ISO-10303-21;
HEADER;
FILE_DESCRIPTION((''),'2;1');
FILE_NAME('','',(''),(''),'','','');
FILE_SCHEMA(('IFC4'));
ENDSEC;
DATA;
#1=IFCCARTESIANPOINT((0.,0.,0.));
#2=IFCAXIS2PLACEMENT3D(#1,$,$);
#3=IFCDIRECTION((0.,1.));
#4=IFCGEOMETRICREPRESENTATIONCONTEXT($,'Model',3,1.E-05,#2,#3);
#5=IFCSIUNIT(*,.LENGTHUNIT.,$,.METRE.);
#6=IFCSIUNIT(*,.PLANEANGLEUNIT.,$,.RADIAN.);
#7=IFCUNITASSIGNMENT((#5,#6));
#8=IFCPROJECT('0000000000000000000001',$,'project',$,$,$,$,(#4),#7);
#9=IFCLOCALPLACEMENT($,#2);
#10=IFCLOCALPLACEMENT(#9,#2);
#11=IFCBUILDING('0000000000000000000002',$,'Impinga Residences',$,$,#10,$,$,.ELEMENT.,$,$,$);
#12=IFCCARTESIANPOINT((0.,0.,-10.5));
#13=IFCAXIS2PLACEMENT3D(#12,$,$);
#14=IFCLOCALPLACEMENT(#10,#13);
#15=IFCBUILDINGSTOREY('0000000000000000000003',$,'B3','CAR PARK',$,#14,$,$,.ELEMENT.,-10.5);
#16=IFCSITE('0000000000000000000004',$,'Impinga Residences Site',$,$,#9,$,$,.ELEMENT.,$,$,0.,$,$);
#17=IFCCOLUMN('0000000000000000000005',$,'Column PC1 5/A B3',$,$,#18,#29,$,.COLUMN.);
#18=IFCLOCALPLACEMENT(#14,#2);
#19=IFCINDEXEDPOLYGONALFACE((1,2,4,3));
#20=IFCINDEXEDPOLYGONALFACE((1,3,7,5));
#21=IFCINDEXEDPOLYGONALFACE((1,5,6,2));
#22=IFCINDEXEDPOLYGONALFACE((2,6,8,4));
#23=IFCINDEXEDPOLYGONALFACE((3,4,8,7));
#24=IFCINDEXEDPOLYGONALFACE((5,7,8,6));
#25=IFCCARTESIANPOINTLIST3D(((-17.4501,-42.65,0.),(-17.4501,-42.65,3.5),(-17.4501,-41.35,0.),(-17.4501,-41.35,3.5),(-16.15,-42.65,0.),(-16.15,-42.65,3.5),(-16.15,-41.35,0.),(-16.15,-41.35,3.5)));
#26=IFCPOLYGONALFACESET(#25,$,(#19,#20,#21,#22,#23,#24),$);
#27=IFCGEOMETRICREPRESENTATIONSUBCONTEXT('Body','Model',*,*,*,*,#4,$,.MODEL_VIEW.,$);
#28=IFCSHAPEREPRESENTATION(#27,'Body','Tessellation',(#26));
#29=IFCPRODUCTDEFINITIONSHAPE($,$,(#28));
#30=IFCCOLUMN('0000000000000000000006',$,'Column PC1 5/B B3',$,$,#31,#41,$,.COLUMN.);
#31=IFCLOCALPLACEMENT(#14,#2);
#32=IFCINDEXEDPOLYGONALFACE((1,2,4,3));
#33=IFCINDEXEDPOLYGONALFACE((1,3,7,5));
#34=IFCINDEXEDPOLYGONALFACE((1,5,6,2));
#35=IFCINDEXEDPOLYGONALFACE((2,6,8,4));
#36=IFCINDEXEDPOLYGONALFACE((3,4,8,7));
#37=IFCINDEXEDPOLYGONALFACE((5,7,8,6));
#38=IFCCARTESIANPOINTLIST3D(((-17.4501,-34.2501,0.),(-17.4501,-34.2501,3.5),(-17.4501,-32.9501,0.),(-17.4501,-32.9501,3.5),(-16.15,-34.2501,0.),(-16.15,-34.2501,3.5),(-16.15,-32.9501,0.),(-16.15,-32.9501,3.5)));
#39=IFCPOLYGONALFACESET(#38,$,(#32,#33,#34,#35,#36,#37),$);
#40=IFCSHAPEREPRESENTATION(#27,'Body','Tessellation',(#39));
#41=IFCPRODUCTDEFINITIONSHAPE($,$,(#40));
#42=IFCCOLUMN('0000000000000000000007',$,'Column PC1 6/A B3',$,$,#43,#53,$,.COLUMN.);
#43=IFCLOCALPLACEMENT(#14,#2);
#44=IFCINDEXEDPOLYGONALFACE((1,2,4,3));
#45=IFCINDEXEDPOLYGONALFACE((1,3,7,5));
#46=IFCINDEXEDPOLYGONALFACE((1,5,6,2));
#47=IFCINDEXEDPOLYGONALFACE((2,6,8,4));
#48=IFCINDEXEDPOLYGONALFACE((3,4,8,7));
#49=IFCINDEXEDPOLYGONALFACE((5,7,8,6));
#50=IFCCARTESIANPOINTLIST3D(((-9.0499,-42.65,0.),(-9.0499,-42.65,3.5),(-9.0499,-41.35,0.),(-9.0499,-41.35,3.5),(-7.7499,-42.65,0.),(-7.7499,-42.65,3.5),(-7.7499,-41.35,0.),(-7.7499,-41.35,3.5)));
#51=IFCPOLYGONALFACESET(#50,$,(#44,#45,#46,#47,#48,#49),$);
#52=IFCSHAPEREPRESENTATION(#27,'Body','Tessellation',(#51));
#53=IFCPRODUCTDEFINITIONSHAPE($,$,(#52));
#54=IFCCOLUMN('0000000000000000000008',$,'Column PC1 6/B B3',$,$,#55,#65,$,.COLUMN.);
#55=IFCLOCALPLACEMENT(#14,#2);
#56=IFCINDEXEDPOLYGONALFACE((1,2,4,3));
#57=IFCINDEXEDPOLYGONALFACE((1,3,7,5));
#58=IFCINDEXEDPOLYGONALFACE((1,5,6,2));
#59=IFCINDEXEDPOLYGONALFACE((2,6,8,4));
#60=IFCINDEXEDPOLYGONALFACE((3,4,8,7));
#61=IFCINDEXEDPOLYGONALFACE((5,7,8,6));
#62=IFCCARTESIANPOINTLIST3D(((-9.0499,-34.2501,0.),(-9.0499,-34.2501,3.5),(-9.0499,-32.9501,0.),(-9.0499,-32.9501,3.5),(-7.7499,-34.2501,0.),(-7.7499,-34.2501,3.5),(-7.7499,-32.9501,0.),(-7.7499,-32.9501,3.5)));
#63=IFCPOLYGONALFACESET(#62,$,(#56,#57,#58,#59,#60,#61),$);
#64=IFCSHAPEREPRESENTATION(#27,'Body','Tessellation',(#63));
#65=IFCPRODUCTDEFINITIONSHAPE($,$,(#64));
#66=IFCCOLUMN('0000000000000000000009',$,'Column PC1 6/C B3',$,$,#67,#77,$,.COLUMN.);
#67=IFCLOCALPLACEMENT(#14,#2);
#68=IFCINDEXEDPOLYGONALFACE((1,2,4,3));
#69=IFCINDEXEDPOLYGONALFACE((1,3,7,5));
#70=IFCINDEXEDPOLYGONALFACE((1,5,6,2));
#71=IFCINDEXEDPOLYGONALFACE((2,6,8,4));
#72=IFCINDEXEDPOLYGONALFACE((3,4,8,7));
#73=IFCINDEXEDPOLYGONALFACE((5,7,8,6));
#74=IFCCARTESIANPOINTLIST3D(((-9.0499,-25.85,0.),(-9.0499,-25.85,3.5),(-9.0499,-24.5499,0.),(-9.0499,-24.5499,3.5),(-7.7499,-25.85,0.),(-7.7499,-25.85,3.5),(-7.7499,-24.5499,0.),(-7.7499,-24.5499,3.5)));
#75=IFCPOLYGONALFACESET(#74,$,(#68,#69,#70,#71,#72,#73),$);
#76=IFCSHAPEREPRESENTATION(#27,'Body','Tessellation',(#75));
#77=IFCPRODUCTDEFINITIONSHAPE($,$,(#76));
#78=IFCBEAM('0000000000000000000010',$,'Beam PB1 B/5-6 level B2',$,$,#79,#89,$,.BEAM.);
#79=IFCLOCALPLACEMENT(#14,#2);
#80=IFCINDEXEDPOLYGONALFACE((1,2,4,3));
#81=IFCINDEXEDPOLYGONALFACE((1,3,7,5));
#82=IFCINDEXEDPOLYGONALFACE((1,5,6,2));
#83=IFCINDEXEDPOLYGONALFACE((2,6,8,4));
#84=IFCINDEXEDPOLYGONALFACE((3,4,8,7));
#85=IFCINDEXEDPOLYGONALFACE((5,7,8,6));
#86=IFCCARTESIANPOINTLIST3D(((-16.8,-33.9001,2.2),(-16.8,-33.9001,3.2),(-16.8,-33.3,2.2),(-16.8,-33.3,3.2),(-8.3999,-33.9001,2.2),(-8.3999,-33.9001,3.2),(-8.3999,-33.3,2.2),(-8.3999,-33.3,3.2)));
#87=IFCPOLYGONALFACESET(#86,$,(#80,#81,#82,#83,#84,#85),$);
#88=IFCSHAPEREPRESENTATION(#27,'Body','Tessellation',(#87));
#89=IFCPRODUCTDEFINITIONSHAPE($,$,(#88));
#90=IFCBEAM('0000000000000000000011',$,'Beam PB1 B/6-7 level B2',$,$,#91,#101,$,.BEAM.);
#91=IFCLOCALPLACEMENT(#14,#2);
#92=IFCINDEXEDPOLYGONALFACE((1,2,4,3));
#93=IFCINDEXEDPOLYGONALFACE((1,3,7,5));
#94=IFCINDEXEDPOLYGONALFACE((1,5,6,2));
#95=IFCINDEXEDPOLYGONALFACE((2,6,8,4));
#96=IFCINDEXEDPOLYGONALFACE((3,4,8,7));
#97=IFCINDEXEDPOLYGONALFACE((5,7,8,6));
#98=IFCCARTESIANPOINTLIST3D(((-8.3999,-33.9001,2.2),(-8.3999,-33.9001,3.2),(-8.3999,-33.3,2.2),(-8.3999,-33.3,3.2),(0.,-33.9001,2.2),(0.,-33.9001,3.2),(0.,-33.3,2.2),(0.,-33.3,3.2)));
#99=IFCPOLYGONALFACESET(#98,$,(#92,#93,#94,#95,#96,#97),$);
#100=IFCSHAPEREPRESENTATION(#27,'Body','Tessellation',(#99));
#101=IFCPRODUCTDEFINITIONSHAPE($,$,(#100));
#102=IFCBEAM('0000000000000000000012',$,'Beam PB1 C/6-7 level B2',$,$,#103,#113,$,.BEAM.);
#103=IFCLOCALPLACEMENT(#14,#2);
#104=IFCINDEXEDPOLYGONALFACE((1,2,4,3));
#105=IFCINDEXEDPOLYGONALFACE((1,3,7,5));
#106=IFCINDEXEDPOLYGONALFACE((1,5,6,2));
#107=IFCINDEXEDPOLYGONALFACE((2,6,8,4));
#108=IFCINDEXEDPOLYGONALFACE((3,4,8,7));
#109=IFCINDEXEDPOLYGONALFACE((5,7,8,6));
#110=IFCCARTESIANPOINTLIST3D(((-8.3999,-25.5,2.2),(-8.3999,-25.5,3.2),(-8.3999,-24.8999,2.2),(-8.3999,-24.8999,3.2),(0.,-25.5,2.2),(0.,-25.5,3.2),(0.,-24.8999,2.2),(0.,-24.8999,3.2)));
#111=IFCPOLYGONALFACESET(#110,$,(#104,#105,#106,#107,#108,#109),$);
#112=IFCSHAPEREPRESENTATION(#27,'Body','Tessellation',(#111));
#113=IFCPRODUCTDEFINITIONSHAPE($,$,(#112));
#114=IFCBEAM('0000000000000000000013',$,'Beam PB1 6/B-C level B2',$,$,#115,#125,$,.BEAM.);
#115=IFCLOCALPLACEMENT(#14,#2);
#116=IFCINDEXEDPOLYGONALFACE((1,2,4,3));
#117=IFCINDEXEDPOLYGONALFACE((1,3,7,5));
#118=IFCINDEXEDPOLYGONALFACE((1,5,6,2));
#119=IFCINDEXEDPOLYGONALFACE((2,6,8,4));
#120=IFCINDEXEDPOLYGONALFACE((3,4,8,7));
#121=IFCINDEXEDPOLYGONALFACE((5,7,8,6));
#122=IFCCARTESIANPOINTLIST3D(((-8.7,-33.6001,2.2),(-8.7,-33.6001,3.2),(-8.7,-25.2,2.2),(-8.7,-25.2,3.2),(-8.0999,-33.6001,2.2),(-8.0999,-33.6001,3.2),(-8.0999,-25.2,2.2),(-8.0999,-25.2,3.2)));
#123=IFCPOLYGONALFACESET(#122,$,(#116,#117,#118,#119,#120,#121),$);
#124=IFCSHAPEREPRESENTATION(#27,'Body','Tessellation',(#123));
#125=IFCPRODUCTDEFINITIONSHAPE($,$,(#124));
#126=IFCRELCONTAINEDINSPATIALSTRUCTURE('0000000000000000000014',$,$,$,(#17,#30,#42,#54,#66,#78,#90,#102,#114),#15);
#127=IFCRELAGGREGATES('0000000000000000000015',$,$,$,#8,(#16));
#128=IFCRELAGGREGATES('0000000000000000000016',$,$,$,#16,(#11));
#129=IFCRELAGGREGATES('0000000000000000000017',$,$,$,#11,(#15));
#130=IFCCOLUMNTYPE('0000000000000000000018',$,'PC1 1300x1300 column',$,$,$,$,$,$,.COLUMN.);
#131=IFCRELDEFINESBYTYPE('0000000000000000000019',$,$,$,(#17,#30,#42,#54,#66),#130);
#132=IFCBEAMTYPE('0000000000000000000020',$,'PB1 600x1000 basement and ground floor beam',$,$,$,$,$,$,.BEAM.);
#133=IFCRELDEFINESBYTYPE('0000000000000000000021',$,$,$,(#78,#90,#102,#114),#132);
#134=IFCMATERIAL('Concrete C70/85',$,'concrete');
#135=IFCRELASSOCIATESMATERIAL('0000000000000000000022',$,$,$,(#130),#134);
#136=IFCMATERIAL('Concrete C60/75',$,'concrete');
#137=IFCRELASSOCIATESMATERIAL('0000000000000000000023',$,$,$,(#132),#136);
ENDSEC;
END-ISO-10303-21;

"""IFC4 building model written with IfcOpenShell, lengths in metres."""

from ifc_helpers import new_model, si_unit, direction, frame, origin, origin_2d, place, context, subcontext, project, spatial, rectangle, extrude, material, material_profile, profile_set, type_object, element, save


model = new_model("IFC4")

# Units and contexts
model_context = context("Model", 3, precision=1e-05, world=origin(), true_north=direction((0.0, 1.0)))
body_context = subcontext(model_context, "Body", "Model", "MODEL_VIEW")
ifc_project = project(units=[si_unit("LENGTHUNIT", "METRE"), si_unit("PLANEANGLEUNIT", "RADIAN")], contexts=[model_context])

# Site, building, storey
site_placement = place(None, origin())
site = spatial("IfcSite", under=ifc_project, at=site_placement, Name="Impinga Residences Site", CompositionType="ELEMENT", RefElevation=0.0)
building_placement = place(site_placement, origin())
building = spatial("IfcBuilding", under=site, at=building_placement, Name="Impinga Residences", CompositionType="ELEMENT")
storey_placement = place(building_placement, frame((0.0, 0.0, -10.5)))
storey = spatial("IfcBuildingStorey", under=building, at=storey_placement, Name="B3", Description="CAR PARK", CompositionType="ELEMENT", Elevation=-10.5)

# Columns
ifc_material_1 = material(Name="Concrete C70/85", Category="concrete")
ifc_material_profile_1 = material_profile(ifc_material_1, rectangle(XDim=1.3, YDim=1.3, at=origin_2d()), Name="RC 1300x1300")
ifc_profile_set_1 = profile_set([ifc_material_profile_1], Name="Concrete C70/85")
column_type_1 = type_object("IfcColumnType", Name="PC1 1300x1300 column", PredefinedType="COLUMN", material=ifc_profile_set_1)
for number, where, z_axis, x_axis, name in (
    (1, (-16.8, -42.0, 0.0), (0.0, 0.0, 1.0), (1.0, 0.0, 0.0), "Column PC1 5/A B3"),
    (2, (-16.8, -33.6001, 0.0), (0.0, 0.0, 1.0), (1.0, 0.0, 0.0), "Column PC1 5/B B3"),
    (3, (-8.3999, -42.0, 0.0), (0.0, 0.0, 1.0), (1.0, 0.0, 0.0), "Column PC1 6/A B3"),
    (4, (-8.3999, -33.6001, 0.0), (0.0, 0.0, 1.0), (1.0, 0.0, 0.0), "Column PC1 6/B B3"),
    (5, (-8.3999, -25.2, 0.0), (0.0, 0.0, 1.0), (1.0, 0.0, 0.0), "Column PC1 6/C B3"),
):
    element("IfcColumn", number, at=place(storey_placement, frame(where, z_axis=z_axis, x_axis=x_axis)), inside=storey, type_object=column_type_1, Name=name, PredefinedType="COLUMN", context=body_context, shape_type="SweptSolid", body=[
        extrude(rectangle(XDim=1.3, YDim=1.3, at=origin_2d()), origin(), (0.0, 0.0, 1.0), 3.5),
    ])

# Beams
ifc_material_2 = material(Name="Concrete C60/75", Category="concrete")
ifc_material_profile_2 = material_profile(ifc_material_2, rectangle(XDim=0.6001, YDim=1.0, at=origin_2d()), Name="RC 600x1000")
ifc_profile_set_2 = profile_set([ifc_material_profile_2], Name="Concrete C60/75")
beam_type = type_object("IfcBeamType", Name="PB1 600x1000 basement and ground floor beam", PredefinedType="BEAM", material=ifc_profile_set_2)
beam_1_placement = place(storey_placement, frame((-16.8, -33.6001, 2.7), z_axis=(1.0, 0.0, 0.0), x_axis=(0.0, 1.0, 0.0)))
element("IfcBeam", 6, at=beam_1_placement, inside=storey, type_object=beam_type, Name="Beam PB1 B/5-6 level B2", PredefinedType="BEAM", context=body_context, shape_type="SweptSolid", body=[
    extrude(rectangle(XDim=0.6001, YDim=1.0, at=origin_2d()), origin(), (0.0, 0.0, 1.0), 8.4001),
])
for number, where, z_axis, x_axis, name in (
    (7, (-8.3999, -33.6001, 2.7), (1.0, 0.0, 0.0), (0.0, 1.0, 0.0), "Beam PB1 B/6-7 level B2"),
    (8, (-8.3999, -25.2, 2.7), (1.0, 0.0, 0.0), (0.0, 1.0, 0.0), "Beam PB1 C/6-7 level B2"),
):
    element("IfcBeam", number, at=place(storey_placement, frame(where, z_axis=z_axis, x_axis=x_axis)), inside=storey, type_object=beam_type, Name=name, PredefinedType="BEAM", context=body_context, shape_type="SweptSolid", body=[
        extrude(rectangle(XDim=0.6001, YDim=1.0, at=origin_2d()), origin(), (0.0, 0.0, 1.0), 8.3999),
    ])
beam_2_placement = place(storey_placement, frame((-8.3999, -33.6001, 2.7), z_axis=(0.0, 1.0, 0.0), x_axis=(-1.0, 0.0, 0.0)))
element("IfcBeam", 9, at=beam_2_placement, inside=storey, type_object=beam_type, Name="Beam PB1 6/B-C level B2", PredefinedType="BEAM", context=body_context, shape_type="SweptSolid", body=[
    extrude(rectangle(XDim=0.6001, YDim=1.0, at=origin_2d()), origin(), (0.0, 0.0, 1.0), 8.4001),
])

save(model, "model.ifc")
